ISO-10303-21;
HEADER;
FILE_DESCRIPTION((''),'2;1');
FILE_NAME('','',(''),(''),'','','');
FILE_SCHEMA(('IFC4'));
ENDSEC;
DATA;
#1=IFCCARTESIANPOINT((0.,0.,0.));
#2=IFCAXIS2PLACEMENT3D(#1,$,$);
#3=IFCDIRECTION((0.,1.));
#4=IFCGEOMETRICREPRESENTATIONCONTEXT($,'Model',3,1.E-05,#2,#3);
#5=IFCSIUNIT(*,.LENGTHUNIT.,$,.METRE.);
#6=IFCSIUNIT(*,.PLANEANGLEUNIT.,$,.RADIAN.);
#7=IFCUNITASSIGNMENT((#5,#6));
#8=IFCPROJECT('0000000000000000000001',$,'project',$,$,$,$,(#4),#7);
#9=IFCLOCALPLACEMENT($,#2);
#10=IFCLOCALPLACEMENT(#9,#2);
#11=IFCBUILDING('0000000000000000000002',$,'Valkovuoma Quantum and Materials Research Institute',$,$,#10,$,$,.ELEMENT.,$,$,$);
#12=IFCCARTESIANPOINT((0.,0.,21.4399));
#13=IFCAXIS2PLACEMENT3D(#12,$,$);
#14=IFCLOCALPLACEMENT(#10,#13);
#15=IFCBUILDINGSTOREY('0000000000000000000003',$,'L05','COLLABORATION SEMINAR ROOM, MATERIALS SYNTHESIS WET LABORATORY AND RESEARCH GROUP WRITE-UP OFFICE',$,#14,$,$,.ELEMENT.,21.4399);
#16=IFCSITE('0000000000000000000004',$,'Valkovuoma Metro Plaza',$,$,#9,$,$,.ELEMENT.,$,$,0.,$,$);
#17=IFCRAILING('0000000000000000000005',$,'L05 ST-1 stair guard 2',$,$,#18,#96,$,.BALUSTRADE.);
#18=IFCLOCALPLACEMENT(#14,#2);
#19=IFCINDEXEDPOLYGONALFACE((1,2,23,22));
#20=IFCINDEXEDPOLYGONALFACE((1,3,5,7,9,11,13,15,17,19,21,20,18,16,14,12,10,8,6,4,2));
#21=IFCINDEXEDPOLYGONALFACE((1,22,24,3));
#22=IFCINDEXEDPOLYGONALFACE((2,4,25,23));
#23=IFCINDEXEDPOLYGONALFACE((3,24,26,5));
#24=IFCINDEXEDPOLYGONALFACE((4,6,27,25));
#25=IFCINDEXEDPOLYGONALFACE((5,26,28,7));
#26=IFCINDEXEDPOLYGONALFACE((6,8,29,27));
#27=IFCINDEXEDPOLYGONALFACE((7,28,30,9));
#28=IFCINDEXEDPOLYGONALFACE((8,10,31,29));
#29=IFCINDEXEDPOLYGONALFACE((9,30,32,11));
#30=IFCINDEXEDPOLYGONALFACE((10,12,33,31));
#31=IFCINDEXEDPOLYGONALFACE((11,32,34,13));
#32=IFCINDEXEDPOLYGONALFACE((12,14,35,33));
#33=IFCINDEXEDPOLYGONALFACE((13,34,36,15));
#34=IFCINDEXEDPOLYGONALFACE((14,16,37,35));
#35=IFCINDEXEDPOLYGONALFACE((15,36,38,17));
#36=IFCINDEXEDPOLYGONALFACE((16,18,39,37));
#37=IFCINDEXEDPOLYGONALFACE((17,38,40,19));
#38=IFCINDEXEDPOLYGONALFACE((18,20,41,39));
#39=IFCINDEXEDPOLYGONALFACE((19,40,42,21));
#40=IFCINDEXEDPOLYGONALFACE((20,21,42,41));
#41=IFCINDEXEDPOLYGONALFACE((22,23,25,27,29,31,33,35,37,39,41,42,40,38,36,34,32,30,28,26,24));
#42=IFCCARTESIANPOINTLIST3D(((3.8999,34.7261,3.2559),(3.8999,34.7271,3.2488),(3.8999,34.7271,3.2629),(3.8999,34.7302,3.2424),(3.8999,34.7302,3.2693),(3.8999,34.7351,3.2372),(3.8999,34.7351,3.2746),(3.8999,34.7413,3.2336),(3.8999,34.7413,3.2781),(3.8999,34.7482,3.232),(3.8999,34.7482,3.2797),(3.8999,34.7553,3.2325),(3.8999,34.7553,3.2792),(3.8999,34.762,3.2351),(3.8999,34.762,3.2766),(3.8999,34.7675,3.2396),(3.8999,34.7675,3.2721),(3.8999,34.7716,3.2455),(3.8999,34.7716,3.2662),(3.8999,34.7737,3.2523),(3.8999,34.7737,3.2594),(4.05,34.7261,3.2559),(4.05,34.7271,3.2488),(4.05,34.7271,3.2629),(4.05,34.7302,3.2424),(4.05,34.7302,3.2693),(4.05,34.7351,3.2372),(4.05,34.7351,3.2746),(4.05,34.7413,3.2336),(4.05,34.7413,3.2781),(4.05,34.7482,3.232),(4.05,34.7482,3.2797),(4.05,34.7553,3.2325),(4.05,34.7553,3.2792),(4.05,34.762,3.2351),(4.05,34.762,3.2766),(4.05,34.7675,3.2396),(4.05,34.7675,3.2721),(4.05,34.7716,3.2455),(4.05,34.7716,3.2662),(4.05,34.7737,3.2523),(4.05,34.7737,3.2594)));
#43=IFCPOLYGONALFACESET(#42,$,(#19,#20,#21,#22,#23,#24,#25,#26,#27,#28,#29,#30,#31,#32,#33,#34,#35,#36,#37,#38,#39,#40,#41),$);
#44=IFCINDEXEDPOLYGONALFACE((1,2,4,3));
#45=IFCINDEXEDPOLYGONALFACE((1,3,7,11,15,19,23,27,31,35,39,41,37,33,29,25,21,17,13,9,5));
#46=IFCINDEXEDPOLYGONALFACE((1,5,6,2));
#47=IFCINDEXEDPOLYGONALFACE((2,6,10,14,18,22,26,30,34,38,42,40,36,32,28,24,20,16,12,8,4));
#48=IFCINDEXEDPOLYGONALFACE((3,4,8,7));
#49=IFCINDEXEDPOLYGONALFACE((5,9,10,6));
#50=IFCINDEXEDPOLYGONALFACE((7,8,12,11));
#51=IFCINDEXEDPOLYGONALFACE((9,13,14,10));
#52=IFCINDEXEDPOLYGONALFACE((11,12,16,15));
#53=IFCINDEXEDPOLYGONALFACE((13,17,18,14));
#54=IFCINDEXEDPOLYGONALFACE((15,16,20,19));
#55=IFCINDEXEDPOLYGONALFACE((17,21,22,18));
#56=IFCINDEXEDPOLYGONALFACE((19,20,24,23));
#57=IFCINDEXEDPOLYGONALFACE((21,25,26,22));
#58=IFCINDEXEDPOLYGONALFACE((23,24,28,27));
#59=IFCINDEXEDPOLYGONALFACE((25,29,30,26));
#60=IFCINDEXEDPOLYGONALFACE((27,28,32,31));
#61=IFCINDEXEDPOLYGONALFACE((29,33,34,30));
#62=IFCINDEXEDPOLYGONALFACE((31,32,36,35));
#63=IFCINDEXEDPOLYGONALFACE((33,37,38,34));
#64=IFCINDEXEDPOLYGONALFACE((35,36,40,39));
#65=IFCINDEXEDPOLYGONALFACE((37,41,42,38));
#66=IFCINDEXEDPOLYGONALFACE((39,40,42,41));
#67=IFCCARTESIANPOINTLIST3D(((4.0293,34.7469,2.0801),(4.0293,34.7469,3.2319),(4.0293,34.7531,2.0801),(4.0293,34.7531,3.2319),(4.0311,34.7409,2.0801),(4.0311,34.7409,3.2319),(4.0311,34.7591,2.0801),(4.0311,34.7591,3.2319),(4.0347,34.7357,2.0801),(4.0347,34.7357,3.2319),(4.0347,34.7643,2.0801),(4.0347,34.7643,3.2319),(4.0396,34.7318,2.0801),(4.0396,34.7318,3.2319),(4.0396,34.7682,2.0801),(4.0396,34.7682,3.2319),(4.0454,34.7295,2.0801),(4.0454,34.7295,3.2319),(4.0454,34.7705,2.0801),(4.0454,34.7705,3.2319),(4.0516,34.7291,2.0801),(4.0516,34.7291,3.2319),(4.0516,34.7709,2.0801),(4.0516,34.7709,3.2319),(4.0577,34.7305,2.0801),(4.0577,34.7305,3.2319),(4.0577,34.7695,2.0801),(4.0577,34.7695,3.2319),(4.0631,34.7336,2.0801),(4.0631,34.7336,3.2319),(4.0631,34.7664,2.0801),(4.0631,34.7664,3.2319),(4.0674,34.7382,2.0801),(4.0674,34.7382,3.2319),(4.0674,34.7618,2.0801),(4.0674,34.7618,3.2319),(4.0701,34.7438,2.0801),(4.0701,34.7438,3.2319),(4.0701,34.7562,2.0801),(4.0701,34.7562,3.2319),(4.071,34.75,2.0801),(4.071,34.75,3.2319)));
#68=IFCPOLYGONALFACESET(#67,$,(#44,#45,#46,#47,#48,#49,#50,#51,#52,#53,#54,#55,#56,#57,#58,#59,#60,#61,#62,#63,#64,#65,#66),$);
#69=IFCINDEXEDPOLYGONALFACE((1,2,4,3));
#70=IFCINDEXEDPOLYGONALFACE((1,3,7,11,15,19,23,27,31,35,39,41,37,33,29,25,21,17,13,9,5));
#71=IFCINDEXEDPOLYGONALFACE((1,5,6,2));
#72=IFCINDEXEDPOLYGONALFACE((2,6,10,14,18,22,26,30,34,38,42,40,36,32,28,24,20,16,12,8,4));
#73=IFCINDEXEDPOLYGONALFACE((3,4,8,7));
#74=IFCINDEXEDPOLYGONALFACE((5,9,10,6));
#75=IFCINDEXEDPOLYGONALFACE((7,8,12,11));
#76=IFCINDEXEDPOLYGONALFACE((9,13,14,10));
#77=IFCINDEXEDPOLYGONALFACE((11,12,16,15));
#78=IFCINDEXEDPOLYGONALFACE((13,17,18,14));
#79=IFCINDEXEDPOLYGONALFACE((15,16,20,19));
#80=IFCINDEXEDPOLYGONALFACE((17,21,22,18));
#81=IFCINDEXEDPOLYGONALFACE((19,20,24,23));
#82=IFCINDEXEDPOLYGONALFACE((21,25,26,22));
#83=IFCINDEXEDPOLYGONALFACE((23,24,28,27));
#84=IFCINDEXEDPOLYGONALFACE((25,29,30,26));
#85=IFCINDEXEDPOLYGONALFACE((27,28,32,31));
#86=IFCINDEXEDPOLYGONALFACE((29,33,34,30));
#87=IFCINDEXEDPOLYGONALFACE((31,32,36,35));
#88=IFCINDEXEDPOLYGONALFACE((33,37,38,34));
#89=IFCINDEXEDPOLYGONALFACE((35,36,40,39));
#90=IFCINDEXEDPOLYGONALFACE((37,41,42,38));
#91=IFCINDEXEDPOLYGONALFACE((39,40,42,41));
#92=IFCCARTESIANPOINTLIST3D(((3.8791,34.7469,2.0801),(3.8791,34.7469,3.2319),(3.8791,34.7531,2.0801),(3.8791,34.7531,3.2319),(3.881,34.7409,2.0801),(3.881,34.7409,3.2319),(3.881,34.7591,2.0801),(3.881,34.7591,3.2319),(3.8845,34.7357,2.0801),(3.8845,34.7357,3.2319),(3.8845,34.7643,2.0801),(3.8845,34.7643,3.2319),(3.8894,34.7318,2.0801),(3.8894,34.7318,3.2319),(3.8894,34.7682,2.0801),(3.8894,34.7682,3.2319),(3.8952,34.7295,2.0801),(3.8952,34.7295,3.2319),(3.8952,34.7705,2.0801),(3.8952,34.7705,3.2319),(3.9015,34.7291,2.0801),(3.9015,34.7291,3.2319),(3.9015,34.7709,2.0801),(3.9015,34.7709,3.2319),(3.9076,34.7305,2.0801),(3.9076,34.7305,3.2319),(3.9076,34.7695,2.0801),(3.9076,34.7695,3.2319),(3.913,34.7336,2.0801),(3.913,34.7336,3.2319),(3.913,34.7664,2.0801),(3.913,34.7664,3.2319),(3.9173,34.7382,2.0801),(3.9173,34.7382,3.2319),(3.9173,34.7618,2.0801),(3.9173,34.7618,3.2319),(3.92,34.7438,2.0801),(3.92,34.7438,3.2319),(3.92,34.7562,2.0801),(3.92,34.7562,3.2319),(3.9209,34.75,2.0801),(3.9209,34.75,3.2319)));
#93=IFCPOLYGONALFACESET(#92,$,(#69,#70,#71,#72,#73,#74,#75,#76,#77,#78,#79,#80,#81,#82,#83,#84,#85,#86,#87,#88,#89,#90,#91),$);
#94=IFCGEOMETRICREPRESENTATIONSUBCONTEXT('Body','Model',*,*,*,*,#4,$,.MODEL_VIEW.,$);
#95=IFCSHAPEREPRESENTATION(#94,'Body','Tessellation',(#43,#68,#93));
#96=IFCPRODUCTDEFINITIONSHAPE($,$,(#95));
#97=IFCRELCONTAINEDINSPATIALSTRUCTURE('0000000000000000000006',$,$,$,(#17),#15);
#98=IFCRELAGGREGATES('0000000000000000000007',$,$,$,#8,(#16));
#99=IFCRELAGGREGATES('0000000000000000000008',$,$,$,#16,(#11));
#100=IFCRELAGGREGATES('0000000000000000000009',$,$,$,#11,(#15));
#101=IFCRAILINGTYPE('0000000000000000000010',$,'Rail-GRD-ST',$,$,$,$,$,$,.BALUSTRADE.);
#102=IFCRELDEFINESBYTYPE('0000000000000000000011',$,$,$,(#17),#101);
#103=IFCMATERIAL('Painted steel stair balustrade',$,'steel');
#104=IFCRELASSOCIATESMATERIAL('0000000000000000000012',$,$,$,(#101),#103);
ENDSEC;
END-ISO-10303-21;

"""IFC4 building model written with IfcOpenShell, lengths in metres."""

from ifc_helpers import new_model, si_unit, direction, frame, origin, origin_2d, place, context, subcontext, project, spatial, circle, extrude, material, type_object, element, save


model = new_model("IFC4")

# Units and contexts
model_context = context("Model", 3, precision=1e-05, world=origin(), true_north=direction((0.0, 1.0)))
body_context = subcontext(model_context, "Body", "Model", "MODEL_VIEW")
ifc_project = project(units=[si_unit("LENGTHUNIT", "METRE"), si_unit("PLANEANGLEUNIT", "RADIAN")], contexts=[model_context])

# Site, building, storey
site_placement = place(None, origin())
site = spatial("IfcSite", under=ifc_project, at=site_placement, Name="Valkovuoma Metro Plaza", CompositionType="ELEMENT", RefElevation=0.0)
building_placement = place(site_placement, origin())
building = spatial("IfcBuilding", under=site, at=building_placement, Name="Valkovuoma Quantum and Materials Research Institute", CompositionType="ELEMENT")
storey_placement = place(building_placement, frame((0.0, 0.0, 21.4399)))
storey = spatial("IfcBuildingStorey", under=building, at=storey_placement, Name="L05", Description="COLLABORATION SEMINAR ROOM, MATERIALS SYNTHESIS WET LABORATORY AND RESEARCH GROUP WRITE-UP OFFICE", CompositionType="ELEMENT", Elevation=21.4399)

# Railing
ifc_material_1 = material(Name="Painted steel stair balustrade", Category="steel")
railing_type_1 = type_object("IfcRailingType", Name="Rail-GRD-ST", PredefinedType="BALUSTRADE", material=ifc_material_1)
railing_1_placement = place(storey_placement, frame((4.05, 34.75, 2.0801)))
element("IfcRailing", 1, at=railing_1_placement, inside=storey, type_object=railing_type_1, Name="L05 ST-1 stair guard 2", PredefinedType="BALUSTRADE", context=body_context, shape_type="SweptSolid", body=[
    extrude(circle(Radius=0.0239, at=origin_2d()), frame((0.0, 0.0, 1.1758), z_axis=(-1.0, 0.0, 0.0), x_axis=(0.0, -1.0, 0.0)), (0.0, 0.0, 1.0), 0.1501),
    extrude(circle(Radius=0.021, at=origin_2d()), origin(), (0.0, 0.0, 1.0), 1.1519),
    extrude(circle(Radius=0.021, at=origin_2d()), frame((-0.1501, 0.0, 0.0)), (0.0, 0.0, 1.0), 1.1519),
])

save(model, "model.ifc")
